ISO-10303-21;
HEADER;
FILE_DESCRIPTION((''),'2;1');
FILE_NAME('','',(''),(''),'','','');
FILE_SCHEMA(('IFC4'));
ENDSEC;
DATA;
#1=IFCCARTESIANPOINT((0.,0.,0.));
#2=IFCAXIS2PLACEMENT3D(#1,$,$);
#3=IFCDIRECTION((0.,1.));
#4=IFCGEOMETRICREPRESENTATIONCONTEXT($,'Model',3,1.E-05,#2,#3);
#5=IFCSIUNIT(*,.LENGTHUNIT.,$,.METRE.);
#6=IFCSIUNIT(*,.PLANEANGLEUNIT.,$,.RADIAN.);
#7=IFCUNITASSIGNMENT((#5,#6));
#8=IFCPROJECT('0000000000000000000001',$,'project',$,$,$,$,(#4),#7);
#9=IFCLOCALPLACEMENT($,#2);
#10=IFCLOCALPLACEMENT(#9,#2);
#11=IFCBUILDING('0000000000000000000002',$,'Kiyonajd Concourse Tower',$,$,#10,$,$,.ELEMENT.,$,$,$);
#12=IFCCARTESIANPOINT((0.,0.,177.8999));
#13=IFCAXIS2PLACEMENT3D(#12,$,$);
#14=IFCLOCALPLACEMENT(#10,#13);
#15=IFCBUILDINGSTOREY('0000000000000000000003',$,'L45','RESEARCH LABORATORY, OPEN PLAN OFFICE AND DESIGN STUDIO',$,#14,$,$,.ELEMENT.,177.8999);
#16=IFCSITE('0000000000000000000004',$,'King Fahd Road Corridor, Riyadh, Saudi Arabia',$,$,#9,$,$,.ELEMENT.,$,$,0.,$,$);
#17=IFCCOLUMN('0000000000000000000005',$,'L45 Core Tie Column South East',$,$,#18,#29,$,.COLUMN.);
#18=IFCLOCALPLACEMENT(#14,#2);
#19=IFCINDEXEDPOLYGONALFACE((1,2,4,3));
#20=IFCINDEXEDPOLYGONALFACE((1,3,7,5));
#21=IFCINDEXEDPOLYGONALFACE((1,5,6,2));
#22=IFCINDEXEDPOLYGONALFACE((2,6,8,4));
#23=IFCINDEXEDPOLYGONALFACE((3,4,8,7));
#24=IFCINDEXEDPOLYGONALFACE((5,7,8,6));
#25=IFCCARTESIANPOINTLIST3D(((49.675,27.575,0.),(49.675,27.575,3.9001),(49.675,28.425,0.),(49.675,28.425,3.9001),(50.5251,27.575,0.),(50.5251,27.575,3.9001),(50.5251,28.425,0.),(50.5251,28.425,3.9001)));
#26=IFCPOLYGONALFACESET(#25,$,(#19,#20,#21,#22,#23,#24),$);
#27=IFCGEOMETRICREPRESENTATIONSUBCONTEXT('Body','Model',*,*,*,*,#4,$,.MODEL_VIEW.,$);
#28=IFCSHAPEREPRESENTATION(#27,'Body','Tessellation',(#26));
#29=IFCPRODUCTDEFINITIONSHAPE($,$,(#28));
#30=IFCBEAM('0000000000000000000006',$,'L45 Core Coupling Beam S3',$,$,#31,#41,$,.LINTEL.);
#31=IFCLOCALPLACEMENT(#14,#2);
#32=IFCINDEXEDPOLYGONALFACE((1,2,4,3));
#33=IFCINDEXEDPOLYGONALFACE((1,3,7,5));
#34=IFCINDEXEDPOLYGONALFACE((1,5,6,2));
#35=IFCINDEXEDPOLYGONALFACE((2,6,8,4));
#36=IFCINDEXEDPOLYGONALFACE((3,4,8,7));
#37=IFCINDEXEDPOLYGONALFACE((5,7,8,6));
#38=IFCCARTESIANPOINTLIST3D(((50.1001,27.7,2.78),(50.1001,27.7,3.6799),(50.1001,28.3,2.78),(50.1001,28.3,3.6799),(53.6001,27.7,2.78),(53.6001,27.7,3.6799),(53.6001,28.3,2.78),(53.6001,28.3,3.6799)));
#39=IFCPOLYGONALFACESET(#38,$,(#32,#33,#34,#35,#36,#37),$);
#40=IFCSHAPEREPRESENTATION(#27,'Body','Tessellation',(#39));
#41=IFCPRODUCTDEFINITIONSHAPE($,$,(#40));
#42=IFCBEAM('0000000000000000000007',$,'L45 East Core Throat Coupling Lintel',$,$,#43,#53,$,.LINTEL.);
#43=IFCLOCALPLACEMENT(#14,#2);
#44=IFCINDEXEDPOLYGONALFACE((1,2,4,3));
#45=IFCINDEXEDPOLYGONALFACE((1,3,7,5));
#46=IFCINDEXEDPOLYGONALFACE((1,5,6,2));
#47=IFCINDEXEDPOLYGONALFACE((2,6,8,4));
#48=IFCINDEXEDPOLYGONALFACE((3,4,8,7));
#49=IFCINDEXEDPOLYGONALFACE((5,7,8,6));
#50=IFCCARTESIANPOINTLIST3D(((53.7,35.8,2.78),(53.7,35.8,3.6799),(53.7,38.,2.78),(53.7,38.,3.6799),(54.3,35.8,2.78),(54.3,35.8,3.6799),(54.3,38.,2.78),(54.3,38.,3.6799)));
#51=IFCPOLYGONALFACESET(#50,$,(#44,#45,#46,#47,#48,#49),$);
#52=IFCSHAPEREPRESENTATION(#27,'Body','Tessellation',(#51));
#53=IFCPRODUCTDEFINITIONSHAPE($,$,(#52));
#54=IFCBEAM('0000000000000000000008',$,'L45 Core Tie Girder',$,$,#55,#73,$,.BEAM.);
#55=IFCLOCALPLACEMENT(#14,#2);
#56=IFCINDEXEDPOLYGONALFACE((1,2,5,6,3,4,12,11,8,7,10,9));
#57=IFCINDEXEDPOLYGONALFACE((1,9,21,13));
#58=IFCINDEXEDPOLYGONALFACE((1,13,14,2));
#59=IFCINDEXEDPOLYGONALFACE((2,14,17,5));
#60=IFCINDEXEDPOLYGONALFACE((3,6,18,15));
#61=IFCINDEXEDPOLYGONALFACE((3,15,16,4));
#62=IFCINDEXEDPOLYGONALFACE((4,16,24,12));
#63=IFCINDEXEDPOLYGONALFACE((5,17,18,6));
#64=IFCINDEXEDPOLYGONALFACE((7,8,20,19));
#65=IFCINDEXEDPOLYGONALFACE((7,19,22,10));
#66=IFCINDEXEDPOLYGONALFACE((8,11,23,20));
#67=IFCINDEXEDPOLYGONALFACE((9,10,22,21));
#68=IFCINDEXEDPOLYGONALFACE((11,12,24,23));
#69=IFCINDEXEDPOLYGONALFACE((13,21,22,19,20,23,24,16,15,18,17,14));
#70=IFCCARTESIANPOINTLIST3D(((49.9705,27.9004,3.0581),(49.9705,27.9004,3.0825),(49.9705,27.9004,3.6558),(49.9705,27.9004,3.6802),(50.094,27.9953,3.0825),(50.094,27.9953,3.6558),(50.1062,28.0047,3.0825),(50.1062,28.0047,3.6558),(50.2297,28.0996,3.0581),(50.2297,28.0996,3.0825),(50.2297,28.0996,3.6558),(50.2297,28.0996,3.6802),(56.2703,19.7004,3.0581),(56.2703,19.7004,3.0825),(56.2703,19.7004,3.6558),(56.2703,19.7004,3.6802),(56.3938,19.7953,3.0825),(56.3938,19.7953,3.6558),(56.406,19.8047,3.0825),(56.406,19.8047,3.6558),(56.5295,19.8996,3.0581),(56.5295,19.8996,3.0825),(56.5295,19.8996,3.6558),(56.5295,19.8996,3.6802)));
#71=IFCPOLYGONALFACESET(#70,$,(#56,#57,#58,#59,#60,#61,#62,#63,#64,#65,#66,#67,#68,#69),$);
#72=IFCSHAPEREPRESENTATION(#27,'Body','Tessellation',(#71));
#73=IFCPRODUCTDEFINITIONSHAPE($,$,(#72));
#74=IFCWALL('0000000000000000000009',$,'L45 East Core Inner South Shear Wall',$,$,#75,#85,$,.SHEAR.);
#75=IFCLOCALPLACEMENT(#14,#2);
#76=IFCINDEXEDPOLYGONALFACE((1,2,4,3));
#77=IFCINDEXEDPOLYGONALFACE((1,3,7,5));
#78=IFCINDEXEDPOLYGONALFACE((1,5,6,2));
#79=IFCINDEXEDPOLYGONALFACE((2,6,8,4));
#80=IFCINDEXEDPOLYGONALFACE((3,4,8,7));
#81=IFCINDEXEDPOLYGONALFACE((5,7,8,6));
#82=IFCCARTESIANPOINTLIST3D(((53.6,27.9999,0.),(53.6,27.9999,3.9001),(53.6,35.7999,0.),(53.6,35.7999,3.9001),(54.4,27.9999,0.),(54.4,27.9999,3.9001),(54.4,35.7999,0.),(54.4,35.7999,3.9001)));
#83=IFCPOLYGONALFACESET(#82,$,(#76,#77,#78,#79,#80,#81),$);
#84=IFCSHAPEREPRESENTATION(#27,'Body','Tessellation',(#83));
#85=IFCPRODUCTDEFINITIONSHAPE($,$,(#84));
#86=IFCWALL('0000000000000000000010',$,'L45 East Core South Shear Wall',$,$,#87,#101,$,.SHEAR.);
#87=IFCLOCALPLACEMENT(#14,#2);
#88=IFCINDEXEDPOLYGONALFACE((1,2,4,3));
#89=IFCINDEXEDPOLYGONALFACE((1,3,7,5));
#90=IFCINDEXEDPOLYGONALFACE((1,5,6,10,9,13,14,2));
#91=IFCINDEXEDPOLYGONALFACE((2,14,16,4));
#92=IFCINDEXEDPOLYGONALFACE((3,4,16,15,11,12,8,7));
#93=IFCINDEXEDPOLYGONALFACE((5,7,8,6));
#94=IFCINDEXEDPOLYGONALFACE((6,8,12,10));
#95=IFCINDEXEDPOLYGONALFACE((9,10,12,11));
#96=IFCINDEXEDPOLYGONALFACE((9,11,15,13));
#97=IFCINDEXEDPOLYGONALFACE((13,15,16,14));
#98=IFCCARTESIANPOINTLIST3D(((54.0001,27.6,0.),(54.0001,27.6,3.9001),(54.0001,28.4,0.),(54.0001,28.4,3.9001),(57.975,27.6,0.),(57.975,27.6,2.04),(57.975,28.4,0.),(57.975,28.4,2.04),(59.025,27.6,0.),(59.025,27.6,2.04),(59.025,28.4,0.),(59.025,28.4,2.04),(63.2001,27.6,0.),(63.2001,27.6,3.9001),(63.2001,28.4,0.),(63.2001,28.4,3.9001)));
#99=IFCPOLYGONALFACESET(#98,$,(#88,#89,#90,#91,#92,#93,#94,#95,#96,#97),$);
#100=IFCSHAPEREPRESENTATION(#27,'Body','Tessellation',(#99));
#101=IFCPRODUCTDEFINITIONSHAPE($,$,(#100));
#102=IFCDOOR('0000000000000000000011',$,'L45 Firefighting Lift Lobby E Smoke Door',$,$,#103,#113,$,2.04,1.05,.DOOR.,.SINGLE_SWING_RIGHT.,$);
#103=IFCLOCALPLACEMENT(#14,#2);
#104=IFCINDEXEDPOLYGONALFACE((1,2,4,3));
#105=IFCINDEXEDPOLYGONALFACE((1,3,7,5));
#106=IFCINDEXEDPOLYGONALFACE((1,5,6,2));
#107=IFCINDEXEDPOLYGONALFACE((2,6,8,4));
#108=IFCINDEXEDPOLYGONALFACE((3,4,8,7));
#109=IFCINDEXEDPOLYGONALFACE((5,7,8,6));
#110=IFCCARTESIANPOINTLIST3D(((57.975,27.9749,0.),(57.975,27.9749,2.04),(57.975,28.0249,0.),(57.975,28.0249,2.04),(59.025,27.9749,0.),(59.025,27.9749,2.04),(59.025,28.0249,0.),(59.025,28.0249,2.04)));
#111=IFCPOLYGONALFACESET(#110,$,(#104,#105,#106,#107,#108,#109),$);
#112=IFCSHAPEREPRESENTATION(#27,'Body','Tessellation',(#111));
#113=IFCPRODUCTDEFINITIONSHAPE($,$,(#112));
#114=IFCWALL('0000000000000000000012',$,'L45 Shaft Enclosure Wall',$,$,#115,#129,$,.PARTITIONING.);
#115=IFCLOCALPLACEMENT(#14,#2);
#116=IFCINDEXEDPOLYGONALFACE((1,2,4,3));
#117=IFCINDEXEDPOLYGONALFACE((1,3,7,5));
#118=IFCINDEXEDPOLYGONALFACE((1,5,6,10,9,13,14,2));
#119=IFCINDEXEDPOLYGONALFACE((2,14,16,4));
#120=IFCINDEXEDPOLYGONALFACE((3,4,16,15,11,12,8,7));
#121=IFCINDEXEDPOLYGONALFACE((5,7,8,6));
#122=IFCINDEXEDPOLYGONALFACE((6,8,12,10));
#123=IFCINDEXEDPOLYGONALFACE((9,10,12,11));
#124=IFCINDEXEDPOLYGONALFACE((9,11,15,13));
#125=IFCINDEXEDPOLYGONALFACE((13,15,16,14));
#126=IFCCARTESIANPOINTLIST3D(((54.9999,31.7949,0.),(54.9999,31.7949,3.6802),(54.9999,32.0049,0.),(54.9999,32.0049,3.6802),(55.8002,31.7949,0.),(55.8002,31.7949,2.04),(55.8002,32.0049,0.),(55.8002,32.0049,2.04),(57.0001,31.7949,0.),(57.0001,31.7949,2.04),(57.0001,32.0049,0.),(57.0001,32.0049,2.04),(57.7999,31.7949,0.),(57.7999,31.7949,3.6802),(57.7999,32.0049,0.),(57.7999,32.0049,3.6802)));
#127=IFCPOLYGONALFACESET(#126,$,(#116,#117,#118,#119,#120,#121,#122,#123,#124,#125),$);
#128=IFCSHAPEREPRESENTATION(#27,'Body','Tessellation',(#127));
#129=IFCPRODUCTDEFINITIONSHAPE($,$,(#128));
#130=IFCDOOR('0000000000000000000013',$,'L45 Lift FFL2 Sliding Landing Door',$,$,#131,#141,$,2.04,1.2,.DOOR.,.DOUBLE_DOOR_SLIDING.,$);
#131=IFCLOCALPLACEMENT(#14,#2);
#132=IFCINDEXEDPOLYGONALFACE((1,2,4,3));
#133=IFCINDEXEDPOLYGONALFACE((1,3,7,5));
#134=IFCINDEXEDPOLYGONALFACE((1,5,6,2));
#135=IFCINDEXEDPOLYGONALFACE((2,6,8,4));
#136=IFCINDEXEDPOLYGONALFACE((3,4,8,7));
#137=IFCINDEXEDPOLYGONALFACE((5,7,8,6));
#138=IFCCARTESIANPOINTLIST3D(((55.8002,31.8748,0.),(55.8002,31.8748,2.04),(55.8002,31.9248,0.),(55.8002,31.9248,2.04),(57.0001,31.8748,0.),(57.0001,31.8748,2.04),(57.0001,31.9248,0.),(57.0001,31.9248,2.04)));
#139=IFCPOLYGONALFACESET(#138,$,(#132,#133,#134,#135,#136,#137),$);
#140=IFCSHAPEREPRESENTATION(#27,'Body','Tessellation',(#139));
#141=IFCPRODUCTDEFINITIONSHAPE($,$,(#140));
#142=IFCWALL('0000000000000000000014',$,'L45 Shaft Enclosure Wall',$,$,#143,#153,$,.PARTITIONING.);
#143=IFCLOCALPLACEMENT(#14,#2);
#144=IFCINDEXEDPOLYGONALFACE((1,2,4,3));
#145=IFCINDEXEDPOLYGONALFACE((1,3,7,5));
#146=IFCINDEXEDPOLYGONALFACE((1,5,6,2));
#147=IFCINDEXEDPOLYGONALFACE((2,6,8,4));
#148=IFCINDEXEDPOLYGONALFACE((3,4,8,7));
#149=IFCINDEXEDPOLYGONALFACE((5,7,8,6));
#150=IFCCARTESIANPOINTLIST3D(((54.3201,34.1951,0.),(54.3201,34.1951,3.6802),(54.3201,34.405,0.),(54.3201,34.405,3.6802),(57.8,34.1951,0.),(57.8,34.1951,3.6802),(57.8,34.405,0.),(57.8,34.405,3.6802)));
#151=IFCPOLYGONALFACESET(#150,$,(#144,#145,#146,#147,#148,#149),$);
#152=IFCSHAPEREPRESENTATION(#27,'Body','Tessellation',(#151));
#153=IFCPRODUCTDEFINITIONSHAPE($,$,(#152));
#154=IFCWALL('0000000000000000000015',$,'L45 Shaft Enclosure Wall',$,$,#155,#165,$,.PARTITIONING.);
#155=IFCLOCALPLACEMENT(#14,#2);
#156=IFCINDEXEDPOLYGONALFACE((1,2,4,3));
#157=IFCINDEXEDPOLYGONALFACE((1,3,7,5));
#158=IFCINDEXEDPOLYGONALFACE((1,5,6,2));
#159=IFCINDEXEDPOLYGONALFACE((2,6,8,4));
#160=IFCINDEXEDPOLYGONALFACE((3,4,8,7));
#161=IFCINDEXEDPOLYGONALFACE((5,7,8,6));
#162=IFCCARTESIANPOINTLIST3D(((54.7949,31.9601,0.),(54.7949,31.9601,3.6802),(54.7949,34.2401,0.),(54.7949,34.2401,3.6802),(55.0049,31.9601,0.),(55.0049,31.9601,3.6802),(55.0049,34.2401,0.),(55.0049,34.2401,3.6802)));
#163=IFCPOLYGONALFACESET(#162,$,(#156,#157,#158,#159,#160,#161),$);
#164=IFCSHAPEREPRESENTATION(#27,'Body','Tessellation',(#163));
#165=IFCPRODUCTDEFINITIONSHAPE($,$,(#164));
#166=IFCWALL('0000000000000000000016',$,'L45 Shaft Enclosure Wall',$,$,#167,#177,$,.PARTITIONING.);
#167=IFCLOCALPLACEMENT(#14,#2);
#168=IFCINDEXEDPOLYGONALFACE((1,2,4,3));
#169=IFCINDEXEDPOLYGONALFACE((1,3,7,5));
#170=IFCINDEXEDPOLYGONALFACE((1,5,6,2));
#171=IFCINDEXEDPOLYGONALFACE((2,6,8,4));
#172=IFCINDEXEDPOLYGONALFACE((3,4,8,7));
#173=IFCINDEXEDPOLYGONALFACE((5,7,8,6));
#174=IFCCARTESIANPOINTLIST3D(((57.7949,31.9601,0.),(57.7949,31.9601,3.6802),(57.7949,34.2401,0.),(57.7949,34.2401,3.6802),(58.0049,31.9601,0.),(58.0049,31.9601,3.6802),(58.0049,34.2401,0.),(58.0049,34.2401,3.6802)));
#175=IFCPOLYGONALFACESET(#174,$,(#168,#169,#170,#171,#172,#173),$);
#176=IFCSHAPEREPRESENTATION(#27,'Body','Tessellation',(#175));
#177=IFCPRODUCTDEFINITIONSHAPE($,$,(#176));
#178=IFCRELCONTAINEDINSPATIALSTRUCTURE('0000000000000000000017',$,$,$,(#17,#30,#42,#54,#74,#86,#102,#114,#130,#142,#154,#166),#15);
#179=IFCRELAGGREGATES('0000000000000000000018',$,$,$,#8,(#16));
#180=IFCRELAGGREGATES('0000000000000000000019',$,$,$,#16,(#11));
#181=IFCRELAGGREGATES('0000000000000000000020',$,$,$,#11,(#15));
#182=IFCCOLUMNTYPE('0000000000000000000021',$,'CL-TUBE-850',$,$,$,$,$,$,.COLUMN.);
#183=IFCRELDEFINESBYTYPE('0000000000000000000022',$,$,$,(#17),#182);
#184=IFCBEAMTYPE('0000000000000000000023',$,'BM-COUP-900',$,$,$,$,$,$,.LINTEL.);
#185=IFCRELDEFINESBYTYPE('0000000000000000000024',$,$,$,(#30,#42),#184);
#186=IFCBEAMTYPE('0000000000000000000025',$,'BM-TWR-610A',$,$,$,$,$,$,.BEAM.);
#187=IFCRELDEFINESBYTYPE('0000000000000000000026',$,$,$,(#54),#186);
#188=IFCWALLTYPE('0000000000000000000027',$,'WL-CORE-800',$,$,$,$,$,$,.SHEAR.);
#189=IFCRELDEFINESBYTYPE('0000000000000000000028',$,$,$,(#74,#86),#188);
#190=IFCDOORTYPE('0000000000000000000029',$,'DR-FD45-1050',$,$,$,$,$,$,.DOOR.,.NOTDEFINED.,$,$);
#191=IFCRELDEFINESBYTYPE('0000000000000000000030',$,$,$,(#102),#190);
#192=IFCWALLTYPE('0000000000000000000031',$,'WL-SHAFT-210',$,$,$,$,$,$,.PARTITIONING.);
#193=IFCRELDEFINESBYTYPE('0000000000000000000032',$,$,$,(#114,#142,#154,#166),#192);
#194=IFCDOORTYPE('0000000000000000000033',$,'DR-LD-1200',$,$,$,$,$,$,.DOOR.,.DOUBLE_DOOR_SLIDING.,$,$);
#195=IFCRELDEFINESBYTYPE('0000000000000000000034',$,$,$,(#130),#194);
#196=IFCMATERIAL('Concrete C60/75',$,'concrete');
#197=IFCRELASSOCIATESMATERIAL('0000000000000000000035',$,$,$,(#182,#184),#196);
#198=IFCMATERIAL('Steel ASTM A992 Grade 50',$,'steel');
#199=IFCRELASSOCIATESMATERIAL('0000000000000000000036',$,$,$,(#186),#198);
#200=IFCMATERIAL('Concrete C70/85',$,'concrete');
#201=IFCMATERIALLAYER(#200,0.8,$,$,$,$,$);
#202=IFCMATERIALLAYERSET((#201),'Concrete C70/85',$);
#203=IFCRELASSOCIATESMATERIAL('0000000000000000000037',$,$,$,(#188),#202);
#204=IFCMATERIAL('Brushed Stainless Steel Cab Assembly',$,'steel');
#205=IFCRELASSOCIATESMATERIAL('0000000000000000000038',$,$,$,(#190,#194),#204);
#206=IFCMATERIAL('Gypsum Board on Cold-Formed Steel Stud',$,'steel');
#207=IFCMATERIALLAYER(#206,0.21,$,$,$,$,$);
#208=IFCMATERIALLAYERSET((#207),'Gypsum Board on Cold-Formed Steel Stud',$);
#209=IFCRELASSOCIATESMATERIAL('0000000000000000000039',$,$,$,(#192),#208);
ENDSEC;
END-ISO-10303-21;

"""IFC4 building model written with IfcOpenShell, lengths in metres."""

from ifc_helpers import new_model, si_unit, direction, frame, frame_2d, origin, origin_2d, place, context, subcontext, project, spatial, rectangle, i_section, extrude, material, layer, layer_set, material_profile, profile_set, type_object, element, fill, save


model = new_model("IFC4")

# Units and contexts
model_context = context("Model", 3, precision=1e-05, world=origin(), true_north=direction((0.0, 1.0)))
body_context = subcontext(model_context, "Body", "Model", "MODEL_VIEW")
ifc_project = project(units=[si_unit("LENGTHUNIT", "METRE"), si_unit("PLANEANGLEUNIT", "RADIAN")], contexts=[model_context])

# Site, building, storey
site_placement = place(None, origin())
site = spatial("IfcSite", under=ifc_project, at=site_placement, Name="King Fahd Road Corridor, Riyadh, Saudi Arabia", CompositionType="ELEMENT", RefElevation=0.0)
building_placement = place(site_placement, origin())
building = spatial("IfcBuilding", under=site, at=building_placement, Name="Kiyonajd Concourse Tower", CompositionType="ELEMENT")
storey_placement = place(building_placement, frame((0.0, 0.0, 177.8999)))
storey = spatial("IfcBuildingStorey", under=building, at=storey_placement, Name="L45", Description="RESEARCH LABORATORY, OPEN PLAN OFFICE AND DESIGN STUDIO", CompositionType="ELEMENT", Elevation=177.8999)

# Column
ifc_material_1 = material(Name="Concrete C60/75", Category="concrete")
ifc_material_profile_1 = material_profile(ifc_material_1, rectangle(XDim=0.8501, YDim=0.8501, at=origin_2d()), Name="RC-850x850")
ifc_profile_set_1 = profile_set([ifc_material_profile_1], Name="Concrete C60/75")
column_type = type_object("IfcColumnType", Name="CL-TUBE-850", PredefinedType="COLUMN", material=ifc_profile_set_1)
column_placement = place(storey_placement, frame((50.1001, 28.0, 0.0), z_axis=(0.0, 0.0, 1.0), x_axis=(1.0, 0.0, 0.0)))
element("IfcColumn", 1, at=column_placement, inside=storey, type_object=column_type, Name="L45 Core Tie Column South East", PredefinedType="COLUMN", context=body_context, shape_type="SweptSolid", body=[
    extrude(rectangle(XDim=0.8501, YDim=0.8501, at=origin_2d()), origin(), (0.0, 0.0, 1.0), 3.9001),
])

# Beams
ifc_material_profile_2 = material_profile(ifc_material_1, rectangle(XDim=0.6001, YDim=0.8999, at=origin_2d()), Name="RCBM-600x900")
ifc_profile_set_2 = profile_set([ifc_material_profile_2], Name="Concrete C60/75")
beam_type_1 = type_object("IfcBeamType", Name="BM-COUP-900", PredefinedType="LINTEL", material=ifc_profile_set_2)
beam_1_placement = place(storey_placement, frame((50.1001, 28.0, 3.23), z_axis=(1.0, 0.0, 0.0), x_axis=(0.0, 1.0, 0.0)))
element("IfcBeam", 2, at=beam_1_placement, inside=storey, type_object=beam_type_1, Name="L45 Core Coupling Beam S3", PredefinedType="LINTEL", context=body_context, shape_type="SweptSolid", body=[
    extrude(rectangle(XDim=0.6001, YDim=0.8999, at=origin_2d()), origin(), (0.0, 0.0, 1.0), 3.5),
])
beam_2_placement = place(storey_placement, frame((54.0, 35.8, 3.23), z_axis=(0.0, 1.0, 0.0), x_axis=(-1.0, 0.0, 0.0)))
element("IfcBeam", 3, at=beam_2_placement, inside=storey, type_object=beam_type_1, Name="L45 East Core Throat Coupling Lintel", PredefinedType="LINTEL", context=body_context, shape_type="SweptSolid", body=[
    extrude(rectangle(XDim=0.6001, YDim=0.8999, at=origin_2d()), origin(), (0.0, 0.0, 1.0), 2.2),
])
ifc_material_2 = material(Name="Steel ASTM A992 Grade 50", Category="steel")
ifc_material_profile_3 = material_profile(ifc_material_2, i_section(OverallWidth=0.3269, OverallDepth=0.6221, WebThickness=0.0154, FlangeThickness=0.0244, at=origin_2d()), Name="W610X195")
ifc_profile_set_3 = profile_set([ifc_material_profile_3], Name="Steel ASTM A992 Grade 50")
beam_type_2 = type_object("IfcBeamType", Name="BM-TWR-610A", PredefinedType="BEAM", material=ifc_profile_set_3)
beam_3_placement = place(storey_placement, frame((50.1001, 28.0, 3.3691), z_axis=(0.609234, -0.792991, 0.0), x_axis=(0.792991, 0.609234, 0.0)))
element("IfcBeam", 4, at=beam_3_placement, inside=storey, type_object=beam_type_2, Name="L45 Core Tie Girder", PredefinedType="BEAM", context=body_context, shape_type="SweptSolid", body=[
    extrude(i_section(OverallWidth=0.3269, OverallDepth=0.6221, WebThickness=0.0154, FlangeThickness=0.0244, at=origin_2d()), origin(), (0.0, 0.0, 1.0), 10.3406),
])

# Wall
ifc_material_3 = material(Name="Concrete C70/85", Category="concrete")
ifc_layer_1 = layer(ifc_material_3, 0.8)
ifc_layer_set_1 = layer_set([ifc_layer_1], Name="Concrete C70/85")
wall_type_1 = type_object("IfcWallType", Name="WL-CORE-800", PredefinedType="SHEAR", material=ifc_layer_set_1)
wall_1_placement = place(storey_placement, frame((54.0, 28.0, 0.0), z_axis=(0.0, 0.0, 1.0), x_axis=(0.0, 1.0, 0.0)))
element("IfcWall", 5, at=wall_1_placement, inside=storey, type_object=wall_type_1, Name="L45 East Core Inner South Shear Wall", PredefinedType="SHEAR", context=body_context, shape_type="SweptSolid", body=[
    extrude(rectangle(XDim=7.8, YDim=0.8, at=frame_2d((3.8999, 0.0))), origin(), (0.0, 0.0, 1.0), 3.9001),
])

# Walls, openings, doors
wall_2_placement = place(storey_placement, frame((54.0, 28.0, 0.0), z_axis=(0.0, 0.0, 1.0), x_axis=(1.0, 0.0, 0.0)))
wall_2 = element("IfcWall", 6, at=wall_2_placement, inside=storey, type_object=wall_type_1, Name="L45 East Core South Shear Wall", PredefinedType="SHEAR", context=body_context, shape_type="SweptSolid", body=[
    extrude(rectangle(XDim=9.2, YDim=0.8, at=frame_2d((4.6001, 0.0))), origin(), (0.0, 0.0, 1.0), 3.9001),
])
opening_1_placement = place(wall_2_placement, frame((3.9751, 0.0, 0.0)))
opening_1 = element("IfcOpeningElement", 7, at=opening_1_placement, cuts=wall_2, PredefinedType="OPENING", context=body_context, shape_type="SweptSolid", body=[
    extrude(rectangle(XDim=1.05, YDim=2.04, at=frame_2d((0.5249, 1.02))), frame((0.0, 0.4099, 0.0), z_axis=(0.0, -1.0, 0.0), x_axis=(1.0, 0.0, 0.0)), (0.0, 0.0, 1.0), 0.8201),
])
ifc_material_4 = material(Name="Brushed Stainless Steel Cab Assembly", Category="steel")
door_type_1 = type_object("IfcDoorType", Name="DR-FD45-1050", OperationType="NOTDEFINED", PredefinedType="DOOR", material=ifc_material_4)
door_1_placement = place(opening_1_placement, origin())
door_1 = element("IfcDoor", 8, at=door_1_placement, inside=storey, type_object=door_type_1, Name="L45 Firefighting Lift Lobby E Smoke Door", OperationType="SINGLE_SWING_RIGHT", OverallHeight=2.04, OverallWidth=1.05, PredefinedType="DOOR", context=body_context, shape_type="SweptSolid", body=[
    extrude(rectangle(XDim=1.05, YDim=2.04, at=frame_2d((0.5249, 1.02))), frame((0.0, 0.0249, 0.0), z_axis=(0.0, -1.0, 0.0), x_axis=(1.0, 0.0, 0.0)), (0.0, 0.0, 1.0), 0.05),
])
fill(opening_1, door_1)
ifc_material_5 = material(Name="Gypsum Board on Cold-Formed Steel Stud", Category="steel")
ifc_layer_2 = layer(ifc_material_5, 0.21)
ifc_layer_set_2 = layer_set([ifc_layer_2], Name="Gypsum Board on Cold-Formed Steel Stud")
wall_type_2 = type_object("IfcWallType", Name="WL-SHAFT-210", PredefinedType="PARTITIONING", material=ifc_layer_set_2)
wall_3_placement = place(storey_placement, frame((55.0, 31.8999, 0.0), z_axis=(0.0, 0.0, 1.0), x_axis=(1.0, 0.0, 0.0)))
wall_3 = element("IfcWall", 9, at=wall_3_placement, inside=storey, type_object=wall_type_2, Name="L45 Shaft Enclosure Wall", PredefinedType="PARTITIONING", context=body_context, shape_type="SweptSolid", body=[
    extrude(rectangle(XDim=2.8, YDim=0.21, at=frame_2d((1.3999, 0.0))), origin(), (0.0, 0.0, 1.0), 3.6802),
])
opening_2_placement = place(wall_3_placement, frame((0.8, 0.0, 0.0)))
opening_2 = element("IfcOpeningElement", 10, at=opening_2_placement, cuts=wall_3, PredefinedType="OPENING", context=body_context, shape_type="SweptSolid", body=[
    extrude(rectangle(XDim=1.2, YDim=2.04, at=frame_2d((0.6001, 1.02))), frame((0.0, 0.115, 0.0), z_axis=(0.0, -1.0, 0.0), x_axis=(1.0, 0.0, 0.0)), (0.0, 0.0, 1.0), 0.23),
])
door_type_2 = type_object("IfcDoorType", Name="DR-LD-1200", OperationType="DOUBLE_DOOR_SLIDING", PredefinedType="DOOR", material=ifc_material_4)
door_2_placement = place(opening_2_placement, origin())
door_2 = element("IfcDoor", 11, at=door_2_placement, inside=storey, type_object=door_type_2, Name="L45 Lift FFL2 Sliding Landing Door", OperationType="DOUBLE_DOOR_SLIDING", OverallHeight=2.04, OverallWidth=1.2, PredefinedType="DOOR", context=body_context, shape_type="SweptSolid", body=[
    extrude(rectangle(XDim=1.2, YDim=2.04, at=frame_2d((0.6001, 1.02))), frame((0.0, 0.0249, 0.0), z_axis=(0.0, -1.0, 0.0), x_axis=(1.0, 0.0, 0.0)), (0.0, 0.0, 1.0), 0.05),
])
fill(opening_2, door_2)

# Walls
wall_4_placement = place(storey_placement, frame((54.3201, 34.3, 0.0), z_axis=(0.0, 0.0, 1.0), x_axis=(1.0, 0.0, 0.0)))
element("IfcWall", 12, at=wall_4_placement, inside=storey, type_object=wall_type_2, Name="L45 Shaft Enclosure Wall", PredefinedType="PARTITIONING", context=body_context, shape_type="SweptSolid", body=[
    extrude(rectangle(XDim=3.48, YDim=0.21, at=frame_2d((1.74, 0.0))), origin(), (0.0, 0.0, 1.0), 3.6802),
])
for number, where, z_axis, x_axis, name in (
    (13, (54.8999, 31.96, 0.0), (0.0, 0.0, 1.0), (0.0, 1.0, 0.0), "L45 Shaft Enclosure Wall"),
    (14, (57.8999, 31.96, 0.0), (0.0, 0.0, 1.0), (0.0, 1.0, 0.0), "L45 Shaft Enclosure Wall"),
):
    element("IfcWall", number, at=place(storey_placement, frame(where, z_axis=z_axis, x_axis=x_axis)), inside=storey, type_object=wall_type_2, Name=name, PredefinedType="PARTITIONING", context=body_context, shape_type="SweptSolid", body=[
        extrude(rectangle(XDim=2.28, YDim=0.21, at=frame_2d((1.1401, 0.0))), origin(), (0.0, 0.0, 1.0), 3.6802),
    ])

save(model, "model.ifc")
